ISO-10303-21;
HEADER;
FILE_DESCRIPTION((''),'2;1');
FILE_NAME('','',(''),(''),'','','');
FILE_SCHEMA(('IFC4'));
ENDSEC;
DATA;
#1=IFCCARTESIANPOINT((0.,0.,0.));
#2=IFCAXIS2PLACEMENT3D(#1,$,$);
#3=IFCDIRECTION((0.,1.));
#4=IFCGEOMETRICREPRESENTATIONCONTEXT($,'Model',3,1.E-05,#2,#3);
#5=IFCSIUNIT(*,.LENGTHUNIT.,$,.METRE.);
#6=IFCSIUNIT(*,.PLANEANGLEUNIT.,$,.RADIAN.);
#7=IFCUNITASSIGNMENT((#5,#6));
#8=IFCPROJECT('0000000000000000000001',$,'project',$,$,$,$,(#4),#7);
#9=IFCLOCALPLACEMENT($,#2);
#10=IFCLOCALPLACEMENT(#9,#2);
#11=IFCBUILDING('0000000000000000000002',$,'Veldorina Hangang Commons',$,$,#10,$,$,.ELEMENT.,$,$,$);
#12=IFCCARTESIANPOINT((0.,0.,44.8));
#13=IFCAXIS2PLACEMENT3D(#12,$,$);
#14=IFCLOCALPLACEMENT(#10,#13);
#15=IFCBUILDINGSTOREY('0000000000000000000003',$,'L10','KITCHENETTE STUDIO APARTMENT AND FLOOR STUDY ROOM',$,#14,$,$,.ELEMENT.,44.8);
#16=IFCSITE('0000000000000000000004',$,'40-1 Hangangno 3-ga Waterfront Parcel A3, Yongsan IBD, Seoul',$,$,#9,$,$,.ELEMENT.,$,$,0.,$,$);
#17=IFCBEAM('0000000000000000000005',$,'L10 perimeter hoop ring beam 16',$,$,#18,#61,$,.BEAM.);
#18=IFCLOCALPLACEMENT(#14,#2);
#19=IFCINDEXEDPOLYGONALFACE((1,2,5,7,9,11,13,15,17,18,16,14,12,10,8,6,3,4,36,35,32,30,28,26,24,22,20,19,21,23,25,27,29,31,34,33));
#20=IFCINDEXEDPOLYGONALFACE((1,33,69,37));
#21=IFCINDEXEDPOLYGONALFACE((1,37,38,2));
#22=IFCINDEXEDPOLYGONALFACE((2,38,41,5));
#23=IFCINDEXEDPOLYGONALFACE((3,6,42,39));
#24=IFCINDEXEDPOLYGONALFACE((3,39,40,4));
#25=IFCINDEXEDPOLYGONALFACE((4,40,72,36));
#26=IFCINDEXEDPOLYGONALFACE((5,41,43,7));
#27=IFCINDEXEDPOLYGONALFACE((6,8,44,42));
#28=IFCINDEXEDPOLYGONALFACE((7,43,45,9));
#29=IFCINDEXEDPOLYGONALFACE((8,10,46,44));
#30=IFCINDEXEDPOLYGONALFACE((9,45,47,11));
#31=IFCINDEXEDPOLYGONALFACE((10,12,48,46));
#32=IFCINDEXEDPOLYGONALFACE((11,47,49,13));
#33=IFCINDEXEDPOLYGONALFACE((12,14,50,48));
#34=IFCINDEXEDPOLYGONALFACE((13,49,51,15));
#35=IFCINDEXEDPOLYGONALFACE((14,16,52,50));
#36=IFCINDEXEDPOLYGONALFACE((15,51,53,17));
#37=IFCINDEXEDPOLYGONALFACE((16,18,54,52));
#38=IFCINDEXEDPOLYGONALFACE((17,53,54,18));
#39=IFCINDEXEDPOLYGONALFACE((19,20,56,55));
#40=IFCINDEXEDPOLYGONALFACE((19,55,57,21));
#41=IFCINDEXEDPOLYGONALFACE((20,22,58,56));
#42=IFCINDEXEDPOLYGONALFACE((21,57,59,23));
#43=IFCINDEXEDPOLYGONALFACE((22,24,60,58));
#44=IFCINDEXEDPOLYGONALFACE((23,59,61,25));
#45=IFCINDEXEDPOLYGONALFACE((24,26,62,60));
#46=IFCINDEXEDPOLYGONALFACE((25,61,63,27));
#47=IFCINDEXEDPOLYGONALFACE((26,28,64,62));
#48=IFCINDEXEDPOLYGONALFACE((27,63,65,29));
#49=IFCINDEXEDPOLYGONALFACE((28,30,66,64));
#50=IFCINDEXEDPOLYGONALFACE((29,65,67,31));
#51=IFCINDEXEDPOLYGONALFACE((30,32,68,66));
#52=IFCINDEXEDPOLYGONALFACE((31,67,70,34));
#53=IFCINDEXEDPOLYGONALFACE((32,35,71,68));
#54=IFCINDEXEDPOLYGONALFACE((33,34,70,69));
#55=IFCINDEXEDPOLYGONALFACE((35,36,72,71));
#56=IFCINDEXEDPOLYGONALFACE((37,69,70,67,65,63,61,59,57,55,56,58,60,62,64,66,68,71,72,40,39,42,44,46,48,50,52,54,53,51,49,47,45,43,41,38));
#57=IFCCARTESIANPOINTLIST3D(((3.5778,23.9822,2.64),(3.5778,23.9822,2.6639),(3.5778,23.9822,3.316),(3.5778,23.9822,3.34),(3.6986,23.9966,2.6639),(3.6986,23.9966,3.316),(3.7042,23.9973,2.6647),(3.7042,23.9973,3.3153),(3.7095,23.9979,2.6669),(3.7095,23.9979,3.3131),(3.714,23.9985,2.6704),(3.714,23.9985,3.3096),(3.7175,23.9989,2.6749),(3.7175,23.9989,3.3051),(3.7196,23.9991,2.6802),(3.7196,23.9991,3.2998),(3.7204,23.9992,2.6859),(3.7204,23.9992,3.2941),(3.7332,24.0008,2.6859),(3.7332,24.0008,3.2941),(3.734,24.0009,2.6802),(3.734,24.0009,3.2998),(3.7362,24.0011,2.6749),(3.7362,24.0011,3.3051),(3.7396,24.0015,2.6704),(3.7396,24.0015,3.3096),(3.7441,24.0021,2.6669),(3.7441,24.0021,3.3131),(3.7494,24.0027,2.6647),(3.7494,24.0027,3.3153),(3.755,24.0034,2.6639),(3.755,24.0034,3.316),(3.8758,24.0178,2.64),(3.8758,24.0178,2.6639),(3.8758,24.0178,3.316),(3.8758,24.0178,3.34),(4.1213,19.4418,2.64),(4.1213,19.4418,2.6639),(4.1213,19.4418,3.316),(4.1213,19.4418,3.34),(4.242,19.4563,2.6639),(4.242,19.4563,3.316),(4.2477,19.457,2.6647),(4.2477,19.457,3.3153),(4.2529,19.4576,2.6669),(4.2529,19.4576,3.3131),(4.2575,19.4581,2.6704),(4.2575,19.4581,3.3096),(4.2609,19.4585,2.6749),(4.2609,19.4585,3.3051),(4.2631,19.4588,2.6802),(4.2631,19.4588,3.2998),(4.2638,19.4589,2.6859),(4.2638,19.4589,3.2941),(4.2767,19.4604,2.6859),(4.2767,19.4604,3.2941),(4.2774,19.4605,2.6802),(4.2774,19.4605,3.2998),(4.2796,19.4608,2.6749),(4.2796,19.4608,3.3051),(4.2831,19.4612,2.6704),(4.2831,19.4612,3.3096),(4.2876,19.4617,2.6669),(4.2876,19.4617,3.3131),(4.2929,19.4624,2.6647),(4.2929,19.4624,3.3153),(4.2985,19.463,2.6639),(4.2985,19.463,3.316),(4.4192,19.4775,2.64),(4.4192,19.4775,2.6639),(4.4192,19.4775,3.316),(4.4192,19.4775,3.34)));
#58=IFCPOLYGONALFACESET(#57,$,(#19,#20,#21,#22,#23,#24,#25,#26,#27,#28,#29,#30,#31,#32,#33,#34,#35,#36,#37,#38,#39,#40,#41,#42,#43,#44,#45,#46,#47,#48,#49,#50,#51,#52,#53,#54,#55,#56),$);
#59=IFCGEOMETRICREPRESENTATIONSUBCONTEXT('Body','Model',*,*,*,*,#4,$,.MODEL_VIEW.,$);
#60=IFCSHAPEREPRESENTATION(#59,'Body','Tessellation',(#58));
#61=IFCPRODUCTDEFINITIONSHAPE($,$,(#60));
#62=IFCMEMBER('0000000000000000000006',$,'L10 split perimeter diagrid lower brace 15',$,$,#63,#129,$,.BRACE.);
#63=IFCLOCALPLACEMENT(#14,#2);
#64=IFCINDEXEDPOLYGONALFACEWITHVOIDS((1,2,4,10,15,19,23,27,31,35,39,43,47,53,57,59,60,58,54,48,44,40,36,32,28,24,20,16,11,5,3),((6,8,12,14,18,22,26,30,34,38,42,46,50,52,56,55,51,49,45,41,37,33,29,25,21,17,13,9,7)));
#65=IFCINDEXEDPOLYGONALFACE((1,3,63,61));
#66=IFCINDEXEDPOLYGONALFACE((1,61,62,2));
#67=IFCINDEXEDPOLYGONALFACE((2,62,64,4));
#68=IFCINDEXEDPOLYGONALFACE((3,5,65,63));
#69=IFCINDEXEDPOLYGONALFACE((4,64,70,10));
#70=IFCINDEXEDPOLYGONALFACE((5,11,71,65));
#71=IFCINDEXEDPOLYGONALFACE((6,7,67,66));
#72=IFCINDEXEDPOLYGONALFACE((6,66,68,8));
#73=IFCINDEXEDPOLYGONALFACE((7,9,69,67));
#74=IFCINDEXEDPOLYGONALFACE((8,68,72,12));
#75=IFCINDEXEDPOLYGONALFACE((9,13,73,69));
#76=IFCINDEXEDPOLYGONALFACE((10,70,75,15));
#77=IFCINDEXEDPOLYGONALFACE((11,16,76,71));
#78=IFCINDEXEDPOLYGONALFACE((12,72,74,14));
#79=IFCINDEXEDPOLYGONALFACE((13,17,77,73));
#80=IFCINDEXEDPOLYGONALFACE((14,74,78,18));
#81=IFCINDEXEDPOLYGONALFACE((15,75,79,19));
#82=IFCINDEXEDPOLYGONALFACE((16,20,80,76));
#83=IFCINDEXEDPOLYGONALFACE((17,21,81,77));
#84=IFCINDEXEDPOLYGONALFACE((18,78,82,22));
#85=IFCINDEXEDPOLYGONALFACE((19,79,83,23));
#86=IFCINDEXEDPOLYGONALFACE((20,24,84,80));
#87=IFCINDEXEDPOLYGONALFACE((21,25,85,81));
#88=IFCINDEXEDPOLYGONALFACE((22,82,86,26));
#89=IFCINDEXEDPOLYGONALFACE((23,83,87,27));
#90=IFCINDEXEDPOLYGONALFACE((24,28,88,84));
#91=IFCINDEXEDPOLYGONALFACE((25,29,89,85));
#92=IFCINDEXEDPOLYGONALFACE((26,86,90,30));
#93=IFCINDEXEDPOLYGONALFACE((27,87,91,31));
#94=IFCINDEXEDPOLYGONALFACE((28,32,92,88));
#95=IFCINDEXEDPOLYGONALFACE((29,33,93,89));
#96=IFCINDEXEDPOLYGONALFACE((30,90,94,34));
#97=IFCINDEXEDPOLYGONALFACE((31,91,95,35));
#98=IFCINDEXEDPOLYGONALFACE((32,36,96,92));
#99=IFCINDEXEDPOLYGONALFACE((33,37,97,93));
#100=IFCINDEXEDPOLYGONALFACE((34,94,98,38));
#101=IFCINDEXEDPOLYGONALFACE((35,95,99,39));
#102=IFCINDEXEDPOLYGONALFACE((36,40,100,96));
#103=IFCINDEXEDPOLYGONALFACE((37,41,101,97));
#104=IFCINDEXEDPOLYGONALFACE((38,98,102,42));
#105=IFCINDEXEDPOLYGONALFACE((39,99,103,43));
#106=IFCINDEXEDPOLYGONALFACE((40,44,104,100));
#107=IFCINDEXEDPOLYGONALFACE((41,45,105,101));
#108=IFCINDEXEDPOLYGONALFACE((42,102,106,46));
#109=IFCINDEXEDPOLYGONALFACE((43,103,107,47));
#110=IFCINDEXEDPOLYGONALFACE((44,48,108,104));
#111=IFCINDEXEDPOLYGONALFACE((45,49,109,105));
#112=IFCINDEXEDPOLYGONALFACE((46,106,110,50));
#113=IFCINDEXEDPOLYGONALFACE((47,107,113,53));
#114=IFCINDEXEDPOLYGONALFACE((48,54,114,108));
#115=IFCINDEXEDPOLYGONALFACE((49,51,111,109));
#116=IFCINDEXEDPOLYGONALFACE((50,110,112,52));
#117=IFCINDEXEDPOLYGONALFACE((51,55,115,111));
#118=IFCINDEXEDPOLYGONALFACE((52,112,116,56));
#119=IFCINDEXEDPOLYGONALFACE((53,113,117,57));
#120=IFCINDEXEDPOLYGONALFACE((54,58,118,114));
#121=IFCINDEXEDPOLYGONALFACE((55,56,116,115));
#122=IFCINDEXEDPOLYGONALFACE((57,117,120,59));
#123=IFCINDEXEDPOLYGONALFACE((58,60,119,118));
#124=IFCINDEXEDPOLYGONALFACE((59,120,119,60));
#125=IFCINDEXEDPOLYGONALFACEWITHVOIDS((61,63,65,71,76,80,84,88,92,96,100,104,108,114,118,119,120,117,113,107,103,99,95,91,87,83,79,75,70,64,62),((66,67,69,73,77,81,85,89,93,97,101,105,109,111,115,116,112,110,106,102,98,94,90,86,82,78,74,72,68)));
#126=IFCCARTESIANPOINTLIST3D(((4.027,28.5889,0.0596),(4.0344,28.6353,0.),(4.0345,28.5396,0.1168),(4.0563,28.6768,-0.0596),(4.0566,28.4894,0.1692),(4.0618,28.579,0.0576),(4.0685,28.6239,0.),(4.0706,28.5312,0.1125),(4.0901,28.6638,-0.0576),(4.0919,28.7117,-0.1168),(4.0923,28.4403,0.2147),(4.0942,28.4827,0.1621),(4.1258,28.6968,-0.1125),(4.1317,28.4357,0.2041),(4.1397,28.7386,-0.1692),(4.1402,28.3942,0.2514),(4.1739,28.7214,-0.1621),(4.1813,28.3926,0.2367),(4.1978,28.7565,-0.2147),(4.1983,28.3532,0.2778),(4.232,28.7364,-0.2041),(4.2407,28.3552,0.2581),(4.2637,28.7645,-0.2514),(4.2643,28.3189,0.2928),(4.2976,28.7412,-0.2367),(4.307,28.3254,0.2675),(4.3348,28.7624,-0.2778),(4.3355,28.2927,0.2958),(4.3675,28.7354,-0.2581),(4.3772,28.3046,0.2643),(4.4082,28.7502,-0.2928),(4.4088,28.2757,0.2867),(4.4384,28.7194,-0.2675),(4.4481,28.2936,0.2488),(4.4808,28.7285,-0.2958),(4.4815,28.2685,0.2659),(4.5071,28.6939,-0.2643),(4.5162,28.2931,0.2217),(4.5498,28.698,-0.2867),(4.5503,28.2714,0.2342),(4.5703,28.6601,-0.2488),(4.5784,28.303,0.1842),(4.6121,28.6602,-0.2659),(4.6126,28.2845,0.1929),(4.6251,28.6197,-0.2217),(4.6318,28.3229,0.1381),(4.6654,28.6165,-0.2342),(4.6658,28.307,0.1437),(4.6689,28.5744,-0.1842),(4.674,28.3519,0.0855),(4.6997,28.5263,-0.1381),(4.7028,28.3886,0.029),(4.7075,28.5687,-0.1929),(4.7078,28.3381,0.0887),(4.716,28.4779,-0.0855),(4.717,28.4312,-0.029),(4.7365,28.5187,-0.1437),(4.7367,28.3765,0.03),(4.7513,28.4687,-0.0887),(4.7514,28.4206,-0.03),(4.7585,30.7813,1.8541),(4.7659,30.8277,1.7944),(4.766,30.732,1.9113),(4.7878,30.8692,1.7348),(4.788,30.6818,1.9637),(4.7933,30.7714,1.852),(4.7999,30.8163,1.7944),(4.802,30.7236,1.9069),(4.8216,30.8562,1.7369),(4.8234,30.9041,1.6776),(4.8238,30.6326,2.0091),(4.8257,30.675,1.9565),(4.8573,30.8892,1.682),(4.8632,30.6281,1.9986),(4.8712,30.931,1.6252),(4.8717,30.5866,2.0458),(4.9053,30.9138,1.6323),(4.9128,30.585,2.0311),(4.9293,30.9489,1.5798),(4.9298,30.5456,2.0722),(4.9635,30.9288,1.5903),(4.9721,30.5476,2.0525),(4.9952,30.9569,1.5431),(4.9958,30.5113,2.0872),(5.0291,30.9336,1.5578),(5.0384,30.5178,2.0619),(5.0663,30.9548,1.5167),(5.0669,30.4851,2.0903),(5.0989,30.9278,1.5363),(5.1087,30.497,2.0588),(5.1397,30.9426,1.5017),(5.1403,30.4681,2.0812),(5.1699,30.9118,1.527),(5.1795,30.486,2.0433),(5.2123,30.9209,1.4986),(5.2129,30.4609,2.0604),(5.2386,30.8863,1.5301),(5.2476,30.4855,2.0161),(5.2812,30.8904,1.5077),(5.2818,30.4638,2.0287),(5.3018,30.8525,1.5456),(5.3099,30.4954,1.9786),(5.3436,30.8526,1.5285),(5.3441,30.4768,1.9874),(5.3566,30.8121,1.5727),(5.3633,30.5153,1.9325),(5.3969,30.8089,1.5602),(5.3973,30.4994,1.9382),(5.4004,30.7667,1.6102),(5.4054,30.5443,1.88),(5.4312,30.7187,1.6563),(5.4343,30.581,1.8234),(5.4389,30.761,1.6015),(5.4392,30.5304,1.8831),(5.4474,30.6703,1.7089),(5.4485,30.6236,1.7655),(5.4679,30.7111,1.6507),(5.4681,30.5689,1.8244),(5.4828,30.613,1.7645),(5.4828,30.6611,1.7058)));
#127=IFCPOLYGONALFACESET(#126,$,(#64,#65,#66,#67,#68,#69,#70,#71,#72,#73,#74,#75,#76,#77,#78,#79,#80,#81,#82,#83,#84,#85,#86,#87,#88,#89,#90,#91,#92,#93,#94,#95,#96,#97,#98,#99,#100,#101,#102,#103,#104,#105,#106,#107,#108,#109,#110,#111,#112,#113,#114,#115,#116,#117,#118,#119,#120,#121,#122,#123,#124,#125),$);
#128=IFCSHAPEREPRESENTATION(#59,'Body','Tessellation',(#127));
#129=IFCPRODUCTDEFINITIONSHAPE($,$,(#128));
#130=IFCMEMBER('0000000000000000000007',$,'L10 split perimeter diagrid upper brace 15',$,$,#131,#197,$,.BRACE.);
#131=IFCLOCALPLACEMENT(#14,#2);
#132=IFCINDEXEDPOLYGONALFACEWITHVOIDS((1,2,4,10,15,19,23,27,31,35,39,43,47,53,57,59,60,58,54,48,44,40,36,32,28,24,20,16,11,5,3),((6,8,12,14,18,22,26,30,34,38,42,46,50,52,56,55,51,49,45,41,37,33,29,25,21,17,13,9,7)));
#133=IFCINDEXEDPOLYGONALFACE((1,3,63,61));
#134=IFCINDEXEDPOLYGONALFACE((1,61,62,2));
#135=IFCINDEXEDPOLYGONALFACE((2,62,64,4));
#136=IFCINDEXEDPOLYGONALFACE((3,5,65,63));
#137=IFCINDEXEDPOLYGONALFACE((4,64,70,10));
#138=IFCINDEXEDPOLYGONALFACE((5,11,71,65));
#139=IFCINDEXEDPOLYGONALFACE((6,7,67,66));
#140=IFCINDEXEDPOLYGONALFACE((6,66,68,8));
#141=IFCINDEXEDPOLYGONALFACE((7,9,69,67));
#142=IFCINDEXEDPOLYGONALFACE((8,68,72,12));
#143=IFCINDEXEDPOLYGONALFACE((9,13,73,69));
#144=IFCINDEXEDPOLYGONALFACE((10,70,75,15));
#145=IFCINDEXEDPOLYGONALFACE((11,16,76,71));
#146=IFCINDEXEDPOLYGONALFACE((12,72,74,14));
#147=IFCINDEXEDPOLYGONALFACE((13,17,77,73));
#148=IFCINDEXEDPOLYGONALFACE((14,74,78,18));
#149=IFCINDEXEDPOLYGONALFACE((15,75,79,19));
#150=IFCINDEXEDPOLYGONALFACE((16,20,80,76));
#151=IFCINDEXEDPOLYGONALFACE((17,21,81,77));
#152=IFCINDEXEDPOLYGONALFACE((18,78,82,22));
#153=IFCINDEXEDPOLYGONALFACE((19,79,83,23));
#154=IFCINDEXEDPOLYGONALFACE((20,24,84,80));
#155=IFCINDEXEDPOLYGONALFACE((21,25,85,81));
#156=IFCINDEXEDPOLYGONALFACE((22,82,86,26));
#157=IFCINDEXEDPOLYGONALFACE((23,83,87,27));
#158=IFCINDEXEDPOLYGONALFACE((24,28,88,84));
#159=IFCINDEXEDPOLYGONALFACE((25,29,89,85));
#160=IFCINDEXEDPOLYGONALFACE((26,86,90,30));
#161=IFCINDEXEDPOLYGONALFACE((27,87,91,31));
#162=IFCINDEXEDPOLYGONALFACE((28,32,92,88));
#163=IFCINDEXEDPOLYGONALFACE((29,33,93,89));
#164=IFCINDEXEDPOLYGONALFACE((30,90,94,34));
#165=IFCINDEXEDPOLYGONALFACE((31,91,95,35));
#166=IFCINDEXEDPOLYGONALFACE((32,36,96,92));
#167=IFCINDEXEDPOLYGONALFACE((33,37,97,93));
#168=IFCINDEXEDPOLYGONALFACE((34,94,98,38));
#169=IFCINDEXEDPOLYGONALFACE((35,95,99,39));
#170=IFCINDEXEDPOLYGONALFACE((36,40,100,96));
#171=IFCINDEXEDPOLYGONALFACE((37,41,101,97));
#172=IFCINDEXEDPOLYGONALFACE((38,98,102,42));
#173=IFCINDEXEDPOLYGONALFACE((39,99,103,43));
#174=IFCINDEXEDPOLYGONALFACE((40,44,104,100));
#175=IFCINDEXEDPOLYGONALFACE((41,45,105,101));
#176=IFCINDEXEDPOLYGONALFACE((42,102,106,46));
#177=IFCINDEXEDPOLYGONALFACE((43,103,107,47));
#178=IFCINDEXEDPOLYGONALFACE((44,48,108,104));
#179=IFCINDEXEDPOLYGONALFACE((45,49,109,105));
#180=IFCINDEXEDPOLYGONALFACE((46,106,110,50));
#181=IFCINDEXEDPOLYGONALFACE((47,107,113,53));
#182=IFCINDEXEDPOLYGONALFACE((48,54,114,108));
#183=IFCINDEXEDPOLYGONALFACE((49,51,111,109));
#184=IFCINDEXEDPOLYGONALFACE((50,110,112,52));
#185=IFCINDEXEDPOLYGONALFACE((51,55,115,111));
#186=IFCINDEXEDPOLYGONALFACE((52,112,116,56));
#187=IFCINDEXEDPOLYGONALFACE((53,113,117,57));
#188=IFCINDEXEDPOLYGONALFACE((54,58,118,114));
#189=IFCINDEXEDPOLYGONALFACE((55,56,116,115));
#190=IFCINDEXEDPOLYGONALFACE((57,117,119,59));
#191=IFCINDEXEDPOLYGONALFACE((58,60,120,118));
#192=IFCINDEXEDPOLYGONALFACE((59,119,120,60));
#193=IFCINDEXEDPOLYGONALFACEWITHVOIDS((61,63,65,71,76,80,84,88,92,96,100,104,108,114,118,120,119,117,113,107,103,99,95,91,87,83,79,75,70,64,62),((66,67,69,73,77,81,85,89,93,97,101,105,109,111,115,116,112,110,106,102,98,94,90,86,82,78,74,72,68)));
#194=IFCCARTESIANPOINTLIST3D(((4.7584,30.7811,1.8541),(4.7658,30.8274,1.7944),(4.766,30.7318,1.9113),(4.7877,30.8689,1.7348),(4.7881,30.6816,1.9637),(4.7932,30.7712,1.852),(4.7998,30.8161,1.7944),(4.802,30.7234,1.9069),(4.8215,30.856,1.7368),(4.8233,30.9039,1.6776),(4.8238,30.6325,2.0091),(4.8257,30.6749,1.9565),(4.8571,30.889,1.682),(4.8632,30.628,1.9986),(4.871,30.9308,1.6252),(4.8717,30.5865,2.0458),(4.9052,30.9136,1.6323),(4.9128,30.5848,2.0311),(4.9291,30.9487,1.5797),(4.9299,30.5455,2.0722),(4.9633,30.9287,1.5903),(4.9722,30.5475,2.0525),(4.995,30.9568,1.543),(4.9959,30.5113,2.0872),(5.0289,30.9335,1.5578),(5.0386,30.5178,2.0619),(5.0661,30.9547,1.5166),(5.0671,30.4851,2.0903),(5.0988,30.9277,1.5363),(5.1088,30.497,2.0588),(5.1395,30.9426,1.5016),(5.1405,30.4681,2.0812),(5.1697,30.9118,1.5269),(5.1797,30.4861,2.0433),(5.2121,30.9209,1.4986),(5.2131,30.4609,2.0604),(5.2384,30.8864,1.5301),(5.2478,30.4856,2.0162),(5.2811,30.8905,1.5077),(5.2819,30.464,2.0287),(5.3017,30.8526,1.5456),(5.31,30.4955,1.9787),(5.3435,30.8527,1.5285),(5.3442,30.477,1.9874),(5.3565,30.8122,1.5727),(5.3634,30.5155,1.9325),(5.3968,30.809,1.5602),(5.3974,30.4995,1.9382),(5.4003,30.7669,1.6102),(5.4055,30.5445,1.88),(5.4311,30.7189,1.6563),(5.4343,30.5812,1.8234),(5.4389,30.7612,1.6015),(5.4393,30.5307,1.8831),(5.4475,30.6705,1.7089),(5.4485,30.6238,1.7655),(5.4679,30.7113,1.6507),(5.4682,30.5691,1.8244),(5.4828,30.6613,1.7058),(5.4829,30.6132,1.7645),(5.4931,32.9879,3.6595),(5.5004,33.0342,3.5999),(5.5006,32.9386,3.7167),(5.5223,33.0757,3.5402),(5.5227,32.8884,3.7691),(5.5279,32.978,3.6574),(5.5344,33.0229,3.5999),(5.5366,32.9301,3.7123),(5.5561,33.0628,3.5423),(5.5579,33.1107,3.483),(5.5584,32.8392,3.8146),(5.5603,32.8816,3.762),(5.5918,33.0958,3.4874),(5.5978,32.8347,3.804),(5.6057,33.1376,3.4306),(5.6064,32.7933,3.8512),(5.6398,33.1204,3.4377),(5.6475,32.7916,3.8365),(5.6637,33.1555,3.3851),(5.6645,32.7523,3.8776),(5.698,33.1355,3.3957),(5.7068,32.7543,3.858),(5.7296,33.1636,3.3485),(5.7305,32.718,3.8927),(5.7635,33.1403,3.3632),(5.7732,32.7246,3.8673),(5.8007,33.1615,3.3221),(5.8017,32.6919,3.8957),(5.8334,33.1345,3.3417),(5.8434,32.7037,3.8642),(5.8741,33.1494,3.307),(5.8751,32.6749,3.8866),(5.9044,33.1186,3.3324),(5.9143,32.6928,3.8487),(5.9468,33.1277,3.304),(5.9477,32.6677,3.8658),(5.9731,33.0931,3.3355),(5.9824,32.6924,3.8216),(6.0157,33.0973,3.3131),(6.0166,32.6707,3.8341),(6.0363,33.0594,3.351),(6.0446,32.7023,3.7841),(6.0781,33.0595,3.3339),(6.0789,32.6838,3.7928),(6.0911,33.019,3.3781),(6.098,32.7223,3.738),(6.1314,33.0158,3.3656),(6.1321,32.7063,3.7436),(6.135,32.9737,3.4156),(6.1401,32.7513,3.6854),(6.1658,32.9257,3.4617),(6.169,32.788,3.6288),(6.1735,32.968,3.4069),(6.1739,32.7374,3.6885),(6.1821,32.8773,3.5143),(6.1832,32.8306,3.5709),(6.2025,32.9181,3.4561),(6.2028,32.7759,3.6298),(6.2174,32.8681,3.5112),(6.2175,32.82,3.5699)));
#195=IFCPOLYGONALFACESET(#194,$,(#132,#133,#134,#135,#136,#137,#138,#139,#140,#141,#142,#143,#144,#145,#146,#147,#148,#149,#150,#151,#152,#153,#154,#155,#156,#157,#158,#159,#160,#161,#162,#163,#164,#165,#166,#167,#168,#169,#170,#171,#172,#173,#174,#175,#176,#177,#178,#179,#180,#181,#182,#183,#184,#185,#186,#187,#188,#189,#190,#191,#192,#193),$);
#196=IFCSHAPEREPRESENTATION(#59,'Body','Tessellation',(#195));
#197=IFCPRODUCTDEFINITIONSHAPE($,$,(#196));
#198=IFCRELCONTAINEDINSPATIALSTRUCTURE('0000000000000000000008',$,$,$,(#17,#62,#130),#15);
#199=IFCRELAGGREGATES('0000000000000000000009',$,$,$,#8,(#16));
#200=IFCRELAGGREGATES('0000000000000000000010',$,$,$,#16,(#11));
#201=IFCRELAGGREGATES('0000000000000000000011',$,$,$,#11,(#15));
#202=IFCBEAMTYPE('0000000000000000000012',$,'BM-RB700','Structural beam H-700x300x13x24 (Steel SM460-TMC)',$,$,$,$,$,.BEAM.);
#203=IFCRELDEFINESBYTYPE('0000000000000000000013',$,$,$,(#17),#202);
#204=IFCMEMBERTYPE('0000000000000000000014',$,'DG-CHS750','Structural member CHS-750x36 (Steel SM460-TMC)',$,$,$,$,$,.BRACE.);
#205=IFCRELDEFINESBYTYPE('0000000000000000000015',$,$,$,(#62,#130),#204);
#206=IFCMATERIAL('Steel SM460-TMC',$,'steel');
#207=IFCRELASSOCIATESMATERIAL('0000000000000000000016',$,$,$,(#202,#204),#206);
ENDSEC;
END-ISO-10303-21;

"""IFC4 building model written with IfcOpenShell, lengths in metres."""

from ifc_helpers import new_model, si_unit, direction, frame, origin, origin_2d, place, context, subcontext, project, spatial, hollow_circle, i_section, extrude, material, material_profile, profile_set, type_object, element, save


model = new_model("IFC4")

# Units and contexts
model_context = context("Model", 3, precision=1e-05, world=origin(), true_north=direction((0.0, 1.0)))
body_context = subcontext(model_context, "Body", "Model", "MODEL_VIEW")
ifc_project = project(units=[si_unit("LENGTHUNIT", "METRE"), si_unit("PLANEANGLEUNIT", "RADIAN")], contexts=[model_context])

# Site, building, storey
site_placement = place(None, origin())
site = spatial("IfcSite", under=ifc_project, at=site_placement, Name="40-1 Hangangno 3-ga Waterfront Parcel A3, Yongsan IBD, Seoul", CompositionType="ELEMENT", RefElevation=0.0)
building_placement = place(site_placement, origin())
building = spatial("IfcBuilding", under=site, at=building_placement, Name="Veldorina Hangang Commons", CompositionType="ELEMENT")
storey_placement = place(building_placement, frame((0.0, 0.0, 44.8)))
storey = spatial("IfcBuildingStorey", under=building, at=storey_placement, Name="L10", Description="KITCHENETTE STUDIO APARTMENT AND FLOOR STUDY ROOM", CompositionType="ELEMENT", Elevation=44.8)

# Beam
ifc_material_1 = material(Name="Steel SM460-TMC", Category="steel")
ifc_material_profile_1 = material_profile(ifc_material_1, i_section(OverallWidth=0.3, OverallDepth=0.7, WebThickness=0.0129, FlangeThickness=0.0239, FilletRadius=0.022, at=origin_2d()), Name="H-700x300x13x24")
ifc_profile_set_1 = profile_set([ifc_material_profile_1], Name="Steel SM460-TMC")
beam_type_1 = type_object("IfcBeamType", Name="BM-RB700", Description="Structural beam H-700x300x13x24 (Steel SM460-TMC)", PredefinedType="BEAM", material=ifc_profile_set_1)
for number, where, z_axis, x_axis, name in (
    (1, (3.7268, 24.0, 2.99), (0.118848, -0.992912, 0.0), (0.992912, 0.118848, 0.0), "L10 perimeter hoop ring beam 16"),
):
    element("IfcBeam", number, at=place(storey_placement, frame(where, z_axis=z_axis, x_axis=x_axis)), inside=storey, type_object=beam_type_1, Name=name, PredefinedType="BEAM", context=body_context, shape_type="SweptSolid", body=[
        extrude(i_section(OverallWidth=0.3, OverallDepth=0.7, WebThickness=0.0129, FlangeThickness=0.0239, FilletRadius=0.022, at=origin_2d()), origin(), (0.0, 0.0, 1.0), 4.5728),
    ])

# Members
ifc_material_profile_2 = material_profile(ifc_material_1, hollow_circle(Radius=0.375, WallThickness=0.0359, at=origin_2d()), Name="CHS-750x36")
ifc_profile_set_2 = profile_set([ifc_material_profile_2], Name="Steel SM460-TMC")
member_type = type_object("IfcMemberType", Name="DG-CHS750", Description="Structural member CHS-750x36 (Steel SM460-TMC)", PredefinedType="BRACE", material=ifc_profile_set_2)
member_1_placement = place(storey_placement, frame((4.3901, 28.5166, 0.0), z_axis=(0.24998, 0.749273, 0.613269), x_axis=(-0.948599, 0.316481, 0.0)))
element("IfcMember", 2, at=member_1_placement, inside=storey, type_object=member_type, Name="L10 split perimeter diagrid lower brace 15", PredefinedType="BRACE", context=body_context, shape_type="SweptSolid", body=[
    extrude(hollow_circle(Radius=0.375, WallThickness=0.0359, at=origin_2d()), origin(), (0.0, 0.0, 1.0), 2.926),
])
member_2_placement = place(storey_placement, frame((5.1216, 30.709, 1.7944), z_axis=(0.249502, 0.749502, 0.613184), x_axis=(-0.948809, 0.31585, 0.0)))
element("IfcMember", 3, at=member_2_placement, inside=storey, type_object=member_type, Name="L10 split perimeter diagrid upper brace 15", PredefinedType="BRACE", context=body_context, shape_type="SweptSolid", body=[
    extrude(hollow_circle(Radius=0.375, WallThickness=0.0359, at=origin_2d()), origin(), (0.0, 0.0, 1.0), 2.9443),
])

save(model, "model.ifc")
